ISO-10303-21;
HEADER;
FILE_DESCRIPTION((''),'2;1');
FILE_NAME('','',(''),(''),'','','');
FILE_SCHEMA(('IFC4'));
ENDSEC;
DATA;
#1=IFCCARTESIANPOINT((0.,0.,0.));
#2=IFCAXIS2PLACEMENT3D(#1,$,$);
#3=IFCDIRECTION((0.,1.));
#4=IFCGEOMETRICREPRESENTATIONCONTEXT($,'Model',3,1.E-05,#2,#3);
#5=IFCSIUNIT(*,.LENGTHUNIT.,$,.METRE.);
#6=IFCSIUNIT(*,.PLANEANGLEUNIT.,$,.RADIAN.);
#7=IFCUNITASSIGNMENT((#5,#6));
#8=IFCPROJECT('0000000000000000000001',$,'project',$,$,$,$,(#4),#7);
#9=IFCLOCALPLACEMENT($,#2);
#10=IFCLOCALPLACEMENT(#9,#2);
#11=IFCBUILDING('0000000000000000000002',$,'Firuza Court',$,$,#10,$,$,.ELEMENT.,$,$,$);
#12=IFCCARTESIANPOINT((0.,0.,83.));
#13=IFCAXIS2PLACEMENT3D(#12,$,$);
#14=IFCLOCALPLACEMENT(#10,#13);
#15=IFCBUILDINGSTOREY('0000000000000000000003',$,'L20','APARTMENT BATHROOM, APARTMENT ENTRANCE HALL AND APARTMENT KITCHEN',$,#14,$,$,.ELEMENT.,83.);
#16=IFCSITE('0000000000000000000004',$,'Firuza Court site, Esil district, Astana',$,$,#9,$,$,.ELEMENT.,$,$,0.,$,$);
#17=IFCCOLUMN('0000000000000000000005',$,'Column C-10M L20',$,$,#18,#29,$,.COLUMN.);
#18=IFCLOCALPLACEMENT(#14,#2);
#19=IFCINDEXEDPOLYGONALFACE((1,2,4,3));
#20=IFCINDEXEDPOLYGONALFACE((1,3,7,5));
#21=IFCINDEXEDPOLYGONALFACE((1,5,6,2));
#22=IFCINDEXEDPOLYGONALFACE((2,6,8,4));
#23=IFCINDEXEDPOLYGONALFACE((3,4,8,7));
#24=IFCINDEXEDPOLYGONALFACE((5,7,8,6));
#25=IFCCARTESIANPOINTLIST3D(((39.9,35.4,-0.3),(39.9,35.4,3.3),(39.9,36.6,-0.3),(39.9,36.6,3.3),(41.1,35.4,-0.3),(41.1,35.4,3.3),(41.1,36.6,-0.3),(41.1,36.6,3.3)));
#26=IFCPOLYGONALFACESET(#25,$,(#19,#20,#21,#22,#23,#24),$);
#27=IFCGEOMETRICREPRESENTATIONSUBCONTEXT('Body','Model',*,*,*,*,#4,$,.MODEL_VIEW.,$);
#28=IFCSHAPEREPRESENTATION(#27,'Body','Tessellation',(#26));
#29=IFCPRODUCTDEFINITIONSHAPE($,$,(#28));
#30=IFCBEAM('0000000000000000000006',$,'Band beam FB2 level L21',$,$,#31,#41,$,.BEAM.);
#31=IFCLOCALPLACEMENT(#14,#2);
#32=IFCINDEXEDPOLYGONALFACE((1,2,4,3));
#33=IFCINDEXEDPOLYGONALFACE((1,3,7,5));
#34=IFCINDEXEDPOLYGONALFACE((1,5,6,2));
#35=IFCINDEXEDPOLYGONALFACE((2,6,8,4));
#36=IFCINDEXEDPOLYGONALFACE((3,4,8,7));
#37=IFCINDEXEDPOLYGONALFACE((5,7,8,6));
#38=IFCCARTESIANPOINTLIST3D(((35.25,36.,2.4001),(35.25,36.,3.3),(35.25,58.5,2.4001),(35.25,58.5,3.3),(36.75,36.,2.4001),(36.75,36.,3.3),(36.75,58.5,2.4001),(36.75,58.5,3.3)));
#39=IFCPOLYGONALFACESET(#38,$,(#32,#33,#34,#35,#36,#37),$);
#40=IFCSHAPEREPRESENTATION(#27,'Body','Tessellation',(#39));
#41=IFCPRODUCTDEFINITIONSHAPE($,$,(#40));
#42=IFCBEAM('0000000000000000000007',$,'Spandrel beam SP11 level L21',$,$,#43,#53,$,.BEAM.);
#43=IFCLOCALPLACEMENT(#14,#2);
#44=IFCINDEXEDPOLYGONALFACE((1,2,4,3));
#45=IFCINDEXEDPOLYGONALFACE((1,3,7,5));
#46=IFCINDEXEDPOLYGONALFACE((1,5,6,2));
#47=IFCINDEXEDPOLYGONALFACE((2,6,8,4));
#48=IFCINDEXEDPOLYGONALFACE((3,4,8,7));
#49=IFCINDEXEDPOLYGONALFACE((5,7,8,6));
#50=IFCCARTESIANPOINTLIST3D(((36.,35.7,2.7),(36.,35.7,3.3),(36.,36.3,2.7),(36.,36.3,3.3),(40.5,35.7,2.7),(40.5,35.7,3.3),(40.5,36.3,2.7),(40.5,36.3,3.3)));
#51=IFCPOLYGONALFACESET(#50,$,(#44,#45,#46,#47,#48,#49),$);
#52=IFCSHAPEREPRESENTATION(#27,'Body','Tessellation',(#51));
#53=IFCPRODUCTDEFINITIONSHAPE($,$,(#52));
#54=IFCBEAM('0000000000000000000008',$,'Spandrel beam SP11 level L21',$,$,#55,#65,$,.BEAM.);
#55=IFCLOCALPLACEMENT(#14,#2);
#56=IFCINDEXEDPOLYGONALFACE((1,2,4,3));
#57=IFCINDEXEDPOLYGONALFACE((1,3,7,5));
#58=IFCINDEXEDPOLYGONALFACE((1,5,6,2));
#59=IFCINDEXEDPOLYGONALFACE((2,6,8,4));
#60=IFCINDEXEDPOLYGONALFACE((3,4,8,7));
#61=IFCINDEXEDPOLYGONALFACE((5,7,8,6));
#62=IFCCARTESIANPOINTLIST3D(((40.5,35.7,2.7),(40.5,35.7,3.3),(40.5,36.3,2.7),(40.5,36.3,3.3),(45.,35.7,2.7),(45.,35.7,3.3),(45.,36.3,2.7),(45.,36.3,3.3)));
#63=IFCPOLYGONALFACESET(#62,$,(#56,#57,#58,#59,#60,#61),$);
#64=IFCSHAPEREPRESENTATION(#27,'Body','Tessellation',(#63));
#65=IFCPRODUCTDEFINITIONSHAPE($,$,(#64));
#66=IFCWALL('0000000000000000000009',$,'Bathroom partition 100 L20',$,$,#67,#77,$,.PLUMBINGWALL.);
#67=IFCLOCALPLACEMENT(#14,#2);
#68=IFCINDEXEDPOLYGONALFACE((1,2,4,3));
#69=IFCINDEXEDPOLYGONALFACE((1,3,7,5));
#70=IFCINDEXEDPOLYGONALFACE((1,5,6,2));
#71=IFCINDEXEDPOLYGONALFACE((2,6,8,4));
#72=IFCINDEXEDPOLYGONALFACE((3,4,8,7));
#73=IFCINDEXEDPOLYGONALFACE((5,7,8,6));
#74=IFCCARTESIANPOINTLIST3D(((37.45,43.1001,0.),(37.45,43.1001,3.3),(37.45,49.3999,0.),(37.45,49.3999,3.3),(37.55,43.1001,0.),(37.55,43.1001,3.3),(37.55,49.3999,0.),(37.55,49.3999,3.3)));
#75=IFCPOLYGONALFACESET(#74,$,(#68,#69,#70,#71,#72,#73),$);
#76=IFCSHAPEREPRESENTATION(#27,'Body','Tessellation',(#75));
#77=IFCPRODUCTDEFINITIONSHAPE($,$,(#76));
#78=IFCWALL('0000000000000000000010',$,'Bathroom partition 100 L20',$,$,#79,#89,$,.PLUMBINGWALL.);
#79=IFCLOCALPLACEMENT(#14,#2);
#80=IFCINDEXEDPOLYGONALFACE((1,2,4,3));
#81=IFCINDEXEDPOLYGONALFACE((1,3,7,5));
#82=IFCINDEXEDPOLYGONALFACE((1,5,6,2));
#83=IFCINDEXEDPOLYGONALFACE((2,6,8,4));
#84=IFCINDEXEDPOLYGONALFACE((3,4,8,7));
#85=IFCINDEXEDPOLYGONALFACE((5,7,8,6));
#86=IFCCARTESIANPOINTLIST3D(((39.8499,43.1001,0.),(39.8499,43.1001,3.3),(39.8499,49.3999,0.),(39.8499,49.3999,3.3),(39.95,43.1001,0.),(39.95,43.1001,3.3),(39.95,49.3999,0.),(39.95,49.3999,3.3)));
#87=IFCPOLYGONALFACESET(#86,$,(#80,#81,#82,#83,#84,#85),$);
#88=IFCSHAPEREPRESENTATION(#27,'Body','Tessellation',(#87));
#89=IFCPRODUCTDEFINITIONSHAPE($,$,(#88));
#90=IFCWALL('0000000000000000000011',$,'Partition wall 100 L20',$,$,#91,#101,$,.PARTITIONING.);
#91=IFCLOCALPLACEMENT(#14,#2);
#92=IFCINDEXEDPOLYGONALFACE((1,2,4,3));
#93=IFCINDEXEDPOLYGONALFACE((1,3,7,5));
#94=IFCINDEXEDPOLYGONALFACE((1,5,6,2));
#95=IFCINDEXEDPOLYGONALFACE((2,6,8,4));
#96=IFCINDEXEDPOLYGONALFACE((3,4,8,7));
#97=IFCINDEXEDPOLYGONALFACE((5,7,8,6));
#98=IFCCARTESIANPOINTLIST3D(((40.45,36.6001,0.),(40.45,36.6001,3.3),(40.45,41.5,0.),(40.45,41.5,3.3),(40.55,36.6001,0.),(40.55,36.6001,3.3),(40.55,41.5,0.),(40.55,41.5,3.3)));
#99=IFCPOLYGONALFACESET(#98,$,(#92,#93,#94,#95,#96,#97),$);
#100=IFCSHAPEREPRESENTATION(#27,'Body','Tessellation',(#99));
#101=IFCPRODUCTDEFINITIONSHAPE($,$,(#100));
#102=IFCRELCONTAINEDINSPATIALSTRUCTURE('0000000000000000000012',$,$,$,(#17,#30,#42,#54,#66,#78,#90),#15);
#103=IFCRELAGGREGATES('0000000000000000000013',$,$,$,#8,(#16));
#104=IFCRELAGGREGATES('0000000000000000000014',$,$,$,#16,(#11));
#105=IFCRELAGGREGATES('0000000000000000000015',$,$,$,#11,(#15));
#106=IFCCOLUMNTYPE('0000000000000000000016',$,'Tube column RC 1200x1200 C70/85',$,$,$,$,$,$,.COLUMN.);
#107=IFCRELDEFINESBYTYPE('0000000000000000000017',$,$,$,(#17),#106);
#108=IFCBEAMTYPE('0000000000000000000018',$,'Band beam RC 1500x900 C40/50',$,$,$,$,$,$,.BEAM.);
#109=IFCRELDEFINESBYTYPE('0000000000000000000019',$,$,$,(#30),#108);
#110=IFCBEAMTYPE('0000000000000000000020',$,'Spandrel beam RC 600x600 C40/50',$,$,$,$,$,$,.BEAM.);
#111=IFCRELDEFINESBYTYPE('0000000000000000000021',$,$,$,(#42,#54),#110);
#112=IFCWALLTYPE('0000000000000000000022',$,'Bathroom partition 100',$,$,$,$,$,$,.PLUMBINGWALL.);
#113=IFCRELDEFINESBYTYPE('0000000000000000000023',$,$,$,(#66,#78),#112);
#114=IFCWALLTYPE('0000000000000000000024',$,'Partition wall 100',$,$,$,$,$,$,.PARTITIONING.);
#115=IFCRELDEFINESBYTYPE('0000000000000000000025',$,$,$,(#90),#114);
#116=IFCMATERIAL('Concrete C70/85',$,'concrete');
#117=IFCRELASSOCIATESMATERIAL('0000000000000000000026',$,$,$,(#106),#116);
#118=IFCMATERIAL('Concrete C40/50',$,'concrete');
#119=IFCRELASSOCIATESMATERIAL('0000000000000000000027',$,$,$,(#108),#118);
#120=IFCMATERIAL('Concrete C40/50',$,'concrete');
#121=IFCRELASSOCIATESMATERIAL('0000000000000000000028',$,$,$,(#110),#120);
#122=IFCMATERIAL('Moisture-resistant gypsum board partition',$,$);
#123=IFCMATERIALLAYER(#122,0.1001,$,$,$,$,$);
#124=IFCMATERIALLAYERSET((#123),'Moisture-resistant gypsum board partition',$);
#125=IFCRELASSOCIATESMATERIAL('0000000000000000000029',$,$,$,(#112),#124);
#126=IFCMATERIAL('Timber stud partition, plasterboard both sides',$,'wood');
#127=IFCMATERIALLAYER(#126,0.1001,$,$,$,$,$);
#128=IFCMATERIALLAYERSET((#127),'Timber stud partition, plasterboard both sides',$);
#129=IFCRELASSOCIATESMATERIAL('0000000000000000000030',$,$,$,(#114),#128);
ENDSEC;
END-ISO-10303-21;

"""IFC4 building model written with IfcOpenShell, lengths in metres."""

from ifc_helpers import new_model, si_unit, direction, frame, frame_2d, origin, origin_2d, place, context, subcontext, project, spatial, rectangle, extrude, material, layer, layer_set, material_profile, profile_set, type_object, element, save


model = new_model("IFC4")

# Units and contexts
model_context = context("Model", 3, precision=1e-05, world=origin(), true_north=direction((0.0, 1.0)))
body_context = subcontext(model_context, "Body", "Model", "MODEL_VIEW")
ifc_project = project(units=[si_unit("LENGTHUNIT", "METRE"), si_unit("PLANEANGLEUNIT", "RADIAN")], contexts=[model_context])

# Site, building, storey
site_placement = place(None, origin())
site = spatial("IfcSite", under=ifc_project, at=site_placement, Name="Firuza Court site, Esil district, Astana", CompositionType="ELEMENT", RefElevation=0.0)
building_placement = place(site_placement, origin())
building = spatial("IfcBuilding", under=site, at=building_placement, Name="Firuza Court", CompositionType="ELEMENT")
storey_placement = place(building_placement, frame((0.0, 0.0, 83.0)))
storey = spatial("IfcBuildingStorey", under=building, at=storey_placement, Name="L20", Description="APARTMENT BATHROOM, APARTMENT ENTRANCE HALL AND APARTMENT KITCHEN", CompositionType="ELEMENT", Elevation=83.0)

# Column
ifc_material_1 = material(Name="Concrete C70/85", Category="concrete")
ifc_material_profile_1 = material_profile(ifc_material_1, rectangle(XDim=1.2, YDim=1.2, at=origin_2d()), Name="RC 1200x1200")
ifc_profile_set_1 = profile_set([ifc_material_profile_1], Name="Concrete C70/85")
column_type = type_object("IfcColumnType", Name="Tube column RC 1200x1200 C70/85", PredefinedType="COLUMN", material=ifc_profile_set_1)
column_placement = place(storey_placement, frame((40.5, 36.0, -0.3), z_axis=(0.0, 0.0, 1.0), x_axis=(1.0, 0.0, 0.0)))
element("IfcColumn", 1, at=column_placement, inside=storey, type_object=column_type, Name="Column C-10M L20", PredefinedType="COLUMN", context=body_context, shape_type="SweptSolid", body=[
    extrude(rectangle(XDim=1.2, YDim=1.2, at=origin_2d()), origin(), (0.0, 0.0, 1.0), 3.6001),
])

# Beams
ifc_material_2 = material(Name="Concrete C40/50", Category="concrete")
ifc_material_profile_2 = material_profile(ifc_material_2, rectangle(XDim=1.5, YDim=0.8999, at=origin_2d()), Name="RC 1500x900")
ifc_profile_set_2 = profile_set([ifc_material_profile_2], Name="Concrete C40/50")
beam_type_1 = type_object("IfcBeamType", Name="Band beam RC 1500x900 C40/50", PredefinedType="BEAM", material=ifc_profile_set_2)
beam_placement = place(storey_placement, frame((36.0, 36.0, 2.8501), z_axis=(0.0, 1.0, 0.0), x_axis=(-1.0, 0.0, 0.0)))
element("IfcBeam", 2, at=beam_placement, inside=storey, type_object=beam_type_1, Name="Band beam FB2 level L21", PredefinedType="BEAM", context=body_context, shape_type="SweptSolid", body=[
    extrude(rectangle(XDim=1.5, YDim=0.8999, at=origin_2d()), origin(), (0.0, 0.0, 1.0), 22.5),
])
ifc_material_3 = material(Name="Concrete C40/50", Category="concrete")
ifc_material_profile_3 = material_profile(ifc_material_3, rectangle(XDim=0.6001, YDim=0.6001, at=origin_2d()), Name="RC 600x600")
ifc_profile_set_3 = profile_set([ifc_material_profile_3], Name="Concrete C40/50")
beam_type_2 = type_object("IfcBeamType", Name="Spandrel beam RC 600x600 C40/50", PredefinedType="BEAM", material=ifc_profile_set_3)
for number, where, z_axis, x_axis, name in (
    (3, (36.0, 36.0, 3.0), (1.0, 0.0, 0.0), (0.0, 1.0, 0.0), "Spandrel beam SP11 level L21"),
    (4, (40.5, 36.0, 3.0), (1.0, 0.0, 0.0), (0.0, 1.0, 0.0), "Spandrel beam SP11 level L21"),
):
    element("IfcBeam", number, at=place(storey_placement, frame(where, z_axis=z_axis, x_axis=x_axis)), inside=storey, type_object=beam_type_2, Name=name, PredefinedType="BEAM", context=body_context, shape_type="SweptSolid", body=[
        extrude(rectangle(XDim=0.6001, YDim=0.6001, at=origin_2d()), origin(), (0.0, 0.0, 1.0), 4.5),
    ])

# Walls
ifc_material_4 = material(Name="Moisture-resistant gypsum board partition")
ifc_layer_1 = layer(ifc_material_4, 0.1001)
ifc_layer_set_1 = layer_set([ifc_layer_1], Name="Moisture-resistant gypsum board partition")
wall_type_1 = type_object("IfcWallType", Name="Bathroom partition 100", PredefinedType="PLUMBINGWALL", material=ifc_layer_set_1)
for number, where, z_axis, x_axis, name in (
    (5, (37.5, 43.1001, 0.0), (0.0, 0.0, 1.0), (0.0, 1.0, 0.0), "Bathroom partition 100 L20"),
    (6, (39.8999, 43.1001, 0.0), (0.0, 0.0, 1.0), (0.0, 1.0, 0.0), "Bathroom partition 100 L20"),
):
    element("IfcWall", number, at=place(storey_placement, frame(where, z_axis=z_axis, x_axis=x_axis)), inside=storey, type_object=wall_type_1, Name=name, PredefinedType="PLUMBINGWALL", context=body_context, shape_type="SweptSolid", body=[
        extrude(rectangle(XDim=6.2998, YDim=0.1001, at=frame_2d((3.1499, 0.0))), origin(), (0.0, 0.0, 1.0), 3.3),
    ])
ifc_material_5 = material(Name="Timber stud partition, plasterboard both sides", Category="wood")
ifc_layer_2 = layer(ifc_material_5, 0.1001)
ifc_layer_set_2 = layer_set([ifc_layer_2], Name="Timber stud partition, plasterboard both sides")
wall_type_2 = type_object("IfcWallType", Name="Partition wall 100", PredefinedType="PARTITIONING", material=ifc_layer_set_2)
wall_1_placement = place(storey_placement, frame((40.5, 36.6001, 0.0), z_axis=(0.0, 0.0, 1.0), x_axis=(0.0, 1.0, 0.0)))
element("IfcWall", 7, at=wall_1_placement, inside=storey, type_object=wall_type_2, Name="Partition wall 100 L20", PredefinedType="PARTITIONING", context=body_context, shape_type="SweptSolid", body=[
    extrude(rectangle(XDim=4.8999, YDim=0.1001, at=frame_2d((2.45, 0.0))), origin(), (0.0, 0.0, 1.0), 3.3),
])

save(model, "model.ifc")
